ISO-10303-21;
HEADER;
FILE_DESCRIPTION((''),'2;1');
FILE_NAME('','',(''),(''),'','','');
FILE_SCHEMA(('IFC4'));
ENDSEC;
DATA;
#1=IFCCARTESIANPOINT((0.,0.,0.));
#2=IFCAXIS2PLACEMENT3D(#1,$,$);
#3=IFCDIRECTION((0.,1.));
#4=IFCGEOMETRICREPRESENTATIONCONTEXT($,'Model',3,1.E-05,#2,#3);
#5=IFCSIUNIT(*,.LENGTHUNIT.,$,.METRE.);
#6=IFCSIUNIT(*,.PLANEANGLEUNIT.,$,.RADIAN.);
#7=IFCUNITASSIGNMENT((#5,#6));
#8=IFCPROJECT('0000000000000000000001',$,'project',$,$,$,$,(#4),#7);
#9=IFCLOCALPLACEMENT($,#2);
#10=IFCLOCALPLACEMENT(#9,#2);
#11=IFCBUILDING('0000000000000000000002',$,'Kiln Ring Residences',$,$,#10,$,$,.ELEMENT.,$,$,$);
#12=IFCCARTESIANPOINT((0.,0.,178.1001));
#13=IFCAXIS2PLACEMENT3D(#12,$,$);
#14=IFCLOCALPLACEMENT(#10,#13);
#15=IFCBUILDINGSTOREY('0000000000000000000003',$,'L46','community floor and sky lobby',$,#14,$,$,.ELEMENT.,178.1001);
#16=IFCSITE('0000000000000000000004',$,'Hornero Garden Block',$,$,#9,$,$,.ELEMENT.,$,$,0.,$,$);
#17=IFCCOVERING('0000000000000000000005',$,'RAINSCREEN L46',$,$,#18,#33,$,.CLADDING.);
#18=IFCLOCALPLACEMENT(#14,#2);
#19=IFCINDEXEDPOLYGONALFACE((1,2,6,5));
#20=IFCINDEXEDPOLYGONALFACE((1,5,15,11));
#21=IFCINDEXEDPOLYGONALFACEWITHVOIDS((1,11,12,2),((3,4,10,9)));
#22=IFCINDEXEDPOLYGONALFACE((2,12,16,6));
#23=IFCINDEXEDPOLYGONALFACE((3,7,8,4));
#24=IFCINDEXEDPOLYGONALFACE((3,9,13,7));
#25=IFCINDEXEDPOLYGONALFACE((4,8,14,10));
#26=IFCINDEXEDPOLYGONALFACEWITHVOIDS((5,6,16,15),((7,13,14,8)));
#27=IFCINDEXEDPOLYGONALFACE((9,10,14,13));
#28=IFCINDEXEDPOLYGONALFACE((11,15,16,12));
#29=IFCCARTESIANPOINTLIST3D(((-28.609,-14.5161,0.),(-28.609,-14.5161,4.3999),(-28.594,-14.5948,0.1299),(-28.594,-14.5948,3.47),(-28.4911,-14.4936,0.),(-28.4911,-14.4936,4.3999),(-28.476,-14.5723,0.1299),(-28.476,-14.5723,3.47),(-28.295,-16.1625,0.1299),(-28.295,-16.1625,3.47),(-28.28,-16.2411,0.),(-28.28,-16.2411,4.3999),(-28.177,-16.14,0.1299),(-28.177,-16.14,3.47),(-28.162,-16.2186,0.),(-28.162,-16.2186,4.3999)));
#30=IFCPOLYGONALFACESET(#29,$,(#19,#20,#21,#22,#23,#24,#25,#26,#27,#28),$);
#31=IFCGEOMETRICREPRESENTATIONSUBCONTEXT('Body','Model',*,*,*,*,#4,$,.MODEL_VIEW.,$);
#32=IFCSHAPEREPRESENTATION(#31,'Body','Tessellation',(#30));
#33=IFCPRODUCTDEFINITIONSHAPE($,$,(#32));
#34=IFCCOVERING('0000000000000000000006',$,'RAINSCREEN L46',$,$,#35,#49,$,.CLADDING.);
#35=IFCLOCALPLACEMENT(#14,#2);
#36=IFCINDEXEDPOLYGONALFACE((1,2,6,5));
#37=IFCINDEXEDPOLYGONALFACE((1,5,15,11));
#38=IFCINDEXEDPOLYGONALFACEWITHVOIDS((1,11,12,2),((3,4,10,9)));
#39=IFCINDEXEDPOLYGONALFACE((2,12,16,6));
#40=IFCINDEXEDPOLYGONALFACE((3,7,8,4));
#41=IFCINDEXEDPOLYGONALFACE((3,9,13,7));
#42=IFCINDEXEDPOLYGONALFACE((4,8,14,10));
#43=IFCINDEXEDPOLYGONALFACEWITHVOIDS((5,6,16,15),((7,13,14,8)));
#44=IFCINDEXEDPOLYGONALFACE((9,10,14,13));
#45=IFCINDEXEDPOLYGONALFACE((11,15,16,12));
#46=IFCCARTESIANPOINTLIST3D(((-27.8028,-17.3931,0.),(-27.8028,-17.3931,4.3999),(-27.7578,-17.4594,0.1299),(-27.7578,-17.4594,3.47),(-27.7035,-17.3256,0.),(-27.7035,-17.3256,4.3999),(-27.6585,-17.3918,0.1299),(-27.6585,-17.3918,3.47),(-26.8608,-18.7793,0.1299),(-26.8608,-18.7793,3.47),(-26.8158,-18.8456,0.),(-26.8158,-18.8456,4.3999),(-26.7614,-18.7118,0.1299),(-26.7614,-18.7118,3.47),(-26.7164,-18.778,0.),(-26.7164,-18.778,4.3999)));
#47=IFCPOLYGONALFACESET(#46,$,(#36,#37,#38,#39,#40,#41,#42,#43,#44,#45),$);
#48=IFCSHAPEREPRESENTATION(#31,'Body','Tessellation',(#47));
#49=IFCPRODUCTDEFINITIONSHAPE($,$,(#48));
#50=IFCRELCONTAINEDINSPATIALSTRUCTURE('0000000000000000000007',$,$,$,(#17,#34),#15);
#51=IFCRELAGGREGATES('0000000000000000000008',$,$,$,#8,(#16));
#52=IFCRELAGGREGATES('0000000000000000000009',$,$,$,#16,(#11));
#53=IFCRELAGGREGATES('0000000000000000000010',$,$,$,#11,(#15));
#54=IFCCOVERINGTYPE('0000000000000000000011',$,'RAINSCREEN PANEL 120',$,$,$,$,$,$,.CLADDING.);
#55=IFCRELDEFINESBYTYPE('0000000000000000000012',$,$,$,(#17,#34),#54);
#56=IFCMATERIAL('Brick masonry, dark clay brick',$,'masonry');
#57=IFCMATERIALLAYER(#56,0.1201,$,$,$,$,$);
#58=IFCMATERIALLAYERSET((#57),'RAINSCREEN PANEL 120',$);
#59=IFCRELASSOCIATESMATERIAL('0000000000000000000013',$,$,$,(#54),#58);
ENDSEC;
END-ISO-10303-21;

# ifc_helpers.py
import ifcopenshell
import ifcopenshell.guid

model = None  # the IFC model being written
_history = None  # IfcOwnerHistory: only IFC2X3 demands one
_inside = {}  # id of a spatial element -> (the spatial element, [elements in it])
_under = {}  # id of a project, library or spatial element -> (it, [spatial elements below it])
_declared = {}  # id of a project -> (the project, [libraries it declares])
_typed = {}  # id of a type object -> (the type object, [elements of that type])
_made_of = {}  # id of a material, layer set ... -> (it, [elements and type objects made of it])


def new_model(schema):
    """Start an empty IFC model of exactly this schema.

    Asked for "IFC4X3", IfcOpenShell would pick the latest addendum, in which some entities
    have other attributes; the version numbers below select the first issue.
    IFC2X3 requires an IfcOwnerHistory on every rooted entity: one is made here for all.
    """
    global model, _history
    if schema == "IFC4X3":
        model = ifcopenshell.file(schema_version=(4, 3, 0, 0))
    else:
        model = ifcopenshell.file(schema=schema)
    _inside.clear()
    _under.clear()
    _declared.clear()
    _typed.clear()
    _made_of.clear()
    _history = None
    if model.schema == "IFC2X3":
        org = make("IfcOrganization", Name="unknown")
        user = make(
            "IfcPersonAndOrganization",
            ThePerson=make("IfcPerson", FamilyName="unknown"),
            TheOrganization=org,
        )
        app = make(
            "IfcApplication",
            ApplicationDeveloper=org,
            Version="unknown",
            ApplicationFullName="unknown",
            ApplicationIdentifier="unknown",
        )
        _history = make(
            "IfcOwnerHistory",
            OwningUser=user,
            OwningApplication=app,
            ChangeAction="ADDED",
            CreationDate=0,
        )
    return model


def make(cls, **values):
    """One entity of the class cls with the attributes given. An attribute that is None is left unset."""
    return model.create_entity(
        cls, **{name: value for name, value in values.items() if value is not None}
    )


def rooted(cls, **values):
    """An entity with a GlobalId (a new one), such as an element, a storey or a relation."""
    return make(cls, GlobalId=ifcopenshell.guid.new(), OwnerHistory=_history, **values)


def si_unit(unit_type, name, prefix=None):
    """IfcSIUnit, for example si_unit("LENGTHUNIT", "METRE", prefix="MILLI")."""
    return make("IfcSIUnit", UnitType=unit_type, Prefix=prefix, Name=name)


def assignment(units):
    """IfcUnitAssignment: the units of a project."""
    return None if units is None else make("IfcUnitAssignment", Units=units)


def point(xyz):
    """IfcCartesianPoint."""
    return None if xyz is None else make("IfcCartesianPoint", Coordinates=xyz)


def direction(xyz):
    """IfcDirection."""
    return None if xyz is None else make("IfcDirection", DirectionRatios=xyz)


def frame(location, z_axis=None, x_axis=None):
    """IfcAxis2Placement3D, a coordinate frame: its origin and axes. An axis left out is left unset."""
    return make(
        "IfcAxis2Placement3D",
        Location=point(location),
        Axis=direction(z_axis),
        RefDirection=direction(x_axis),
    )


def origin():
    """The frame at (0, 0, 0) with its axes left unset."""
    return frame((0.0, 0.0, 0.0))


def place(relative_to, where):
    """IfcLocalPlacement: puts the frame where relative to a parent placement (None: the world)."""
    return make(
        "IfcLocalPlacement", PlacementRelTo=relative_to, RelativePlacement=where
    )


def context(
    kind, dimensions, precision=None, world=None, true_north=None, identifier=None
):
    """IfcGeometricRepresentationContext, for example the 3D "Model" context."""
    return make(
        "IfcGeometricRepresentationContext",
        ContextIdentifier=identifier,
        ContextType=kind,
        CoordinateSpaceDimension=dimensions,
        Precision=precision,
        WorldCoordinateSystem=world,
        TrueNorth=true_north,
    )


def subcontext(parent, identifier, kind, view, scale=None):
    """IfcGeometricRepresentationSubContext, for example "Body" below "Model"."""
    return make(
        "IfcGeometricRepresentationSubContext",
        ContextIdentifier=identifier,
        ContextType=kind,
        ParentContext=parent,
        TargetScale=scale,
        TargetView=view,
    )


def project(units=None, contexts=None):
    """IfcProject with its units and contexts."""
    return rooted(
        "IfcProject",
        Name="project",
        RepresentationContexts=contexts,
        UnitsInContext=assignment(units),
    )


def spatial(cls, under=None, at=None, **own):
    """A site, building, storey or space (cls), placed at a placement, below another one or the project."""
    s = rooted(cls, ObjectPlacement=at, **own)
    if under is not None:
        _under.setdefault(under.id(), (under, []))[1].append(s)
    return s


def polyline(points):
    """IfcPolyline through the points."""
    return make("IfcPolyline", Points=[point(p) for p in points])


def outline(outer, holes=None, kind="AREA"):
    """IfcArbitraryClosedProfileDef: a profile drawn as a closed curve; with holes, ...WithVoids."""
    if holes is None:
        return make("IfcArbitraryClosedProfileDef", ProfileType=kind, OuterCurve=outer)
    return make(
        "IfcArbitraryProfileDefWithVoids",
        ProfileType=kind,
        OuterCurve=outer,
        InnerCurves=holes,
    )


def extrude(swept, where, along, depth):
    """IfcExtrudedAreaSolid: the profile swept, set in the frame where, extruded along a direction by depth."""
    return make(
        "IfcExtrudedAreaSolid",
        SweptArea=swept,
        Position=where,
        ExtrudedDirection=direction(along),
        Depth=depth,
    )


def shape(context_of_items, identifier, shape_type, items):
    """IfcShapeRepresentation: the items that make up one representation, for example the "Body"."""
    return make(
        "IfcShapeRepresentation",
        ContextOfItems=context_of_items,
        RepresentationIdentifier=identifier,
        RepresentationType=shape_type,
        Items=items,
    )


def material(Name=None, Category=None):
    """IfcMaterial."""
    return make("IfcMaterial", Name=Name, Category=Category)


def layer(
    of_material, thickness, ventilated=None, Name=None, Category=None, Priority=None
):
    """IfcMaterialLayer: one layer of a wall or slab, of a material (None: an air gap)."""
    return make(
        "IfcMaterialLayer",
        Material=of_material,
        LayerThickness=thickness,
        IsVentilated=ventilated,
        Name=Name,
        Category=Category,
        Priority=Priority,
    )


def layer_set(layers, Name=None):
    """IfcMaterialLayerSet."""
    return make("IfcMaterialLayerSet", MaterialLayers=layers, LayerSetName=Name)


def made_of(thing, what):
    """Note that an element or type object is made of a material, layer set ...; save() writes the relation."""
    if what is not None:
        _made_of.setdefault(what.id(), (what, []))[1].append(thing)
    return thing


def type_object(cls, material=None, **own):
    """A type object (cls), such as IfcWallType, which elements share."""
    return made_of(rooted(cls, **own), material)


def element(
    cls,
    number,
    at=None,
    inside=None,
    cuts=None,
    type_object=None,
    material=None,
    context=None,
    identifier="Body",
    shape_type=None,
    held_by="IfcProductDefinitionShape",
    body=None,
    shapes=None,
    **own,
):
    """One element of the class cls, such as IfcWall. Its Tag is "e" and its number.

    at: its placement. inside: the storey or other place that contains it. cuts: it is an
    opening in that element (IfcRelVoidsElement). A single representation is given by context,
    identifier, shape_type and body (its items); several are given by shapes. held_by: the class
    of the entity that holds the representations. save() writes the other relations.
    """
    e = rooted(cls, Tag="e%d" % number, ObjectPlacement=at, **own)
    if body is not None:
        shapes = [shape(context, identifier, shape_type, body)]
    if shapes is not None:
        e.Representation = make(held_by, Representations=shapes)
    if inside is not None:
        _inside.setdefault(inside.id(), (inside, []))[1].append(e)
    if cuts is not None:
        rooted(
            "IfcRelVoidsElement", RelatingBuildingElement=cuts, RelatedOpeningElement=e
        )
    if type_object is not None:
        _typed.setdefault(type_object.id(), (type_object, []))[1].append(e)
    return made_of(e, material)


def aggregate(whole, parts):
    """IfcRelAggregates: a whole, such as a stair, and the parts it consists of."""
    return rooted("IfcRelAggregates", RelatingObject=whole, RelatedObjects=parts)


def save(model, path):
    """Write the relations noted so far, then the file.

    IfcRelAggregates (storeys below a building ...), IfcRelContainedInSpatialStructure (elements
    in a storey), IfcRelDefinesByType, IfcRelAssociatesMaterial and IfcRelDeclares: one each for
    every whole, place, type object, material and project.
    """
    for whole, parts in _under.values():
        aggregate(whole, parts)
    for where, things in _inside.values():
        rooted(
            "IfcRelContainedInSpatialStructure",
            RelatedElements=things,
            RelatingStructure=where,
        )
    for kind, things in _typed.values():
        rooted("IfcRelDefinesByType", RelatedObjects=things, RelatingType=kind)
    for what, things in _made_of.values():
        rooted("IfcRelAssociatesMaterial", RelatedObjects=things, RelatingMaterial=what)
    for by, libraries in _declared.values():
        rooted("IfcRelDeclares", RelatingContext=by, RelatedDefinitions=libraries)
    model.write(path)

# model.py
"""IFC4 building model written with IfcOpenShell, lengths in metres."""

from ifc_helpers import new_model, si_unit, direction, frame, origin, place, context, subcontext, project, spatial, polyline, outline, extrude, material, layer, layer_set, type_object, element, save


model = new_model("IFC4")

# Units and contexts
model_context = context("Model", 3, precision=1e-05, world=origin(), true_north=direction((0.0, 1.0)))
body_context = subcontext(model_context, "Body", "Model", "MODEL_VIEW")
ifc_project = project(units=[si_unit("LENGTHUNIT", "METRE"), si_unit("PLANEANGLEUNIT", "RADIAN")], contexts=[model_context])

# Site, building, storey
site_placement = place(None, origin())
site = spatial("IfcSite", under=ifc_project, at=site_placement, Name="Hornero Garden Block", CompositionType="ELEMENT", RefElevation=0.0)
building_placement = place(site_placement, origin())
building = spatial("IfcBuilding", under=site, at=building_placement, Name="Kiln Ring Residences", CompositionType="ELEMENT")
storey_placement = place(building_placement, frame((0.0, 0.0, 178.1001)))
storey = spatial("IfcBuildingStorey", under=building, at=storey_placement, Name="L46", Description="community floor and sky lobby", CompositionType="ELEMENT", Elevation=178.1001)

# Coverings
ifc_material_1 = material(Name="Brick masonry, dark clay brick", Category="masonry")
ifc_layer_1 = layer(ifc_material_1, 0.1201)
ifc_layer_set_1 = layer_set([ifc_layer_1], Name="RAINSCREEN PANEL 120")
covering_type = type_object("IfcCoveringType", Name="RAINSCREEN PANEL 120", PredefinedType="CLADDING", material=ifc_layer_set_1)
for number, where, z_axis, x_axis, name in (
    (1, (-28.55, -14.5049, 0.0), (0.0, 0.0, 1.0), (0.187393, -0.982285, 0.0), "RAINSCREEN L46"),
    (2, (-27.7532, -17.3594, 0.0), (0.0, 0.0, 1.0), (0.562089, -0.827076, 0.0), "RAINSCREEN L46"),
):
    element("IfcCovering", number, at=place(storey_placement, frame(where, z_axis=z_axis, x_axis=x_axis)), inside=storey, type_object=covering_type, Name=name, PredefinedType="CLADDING", context=body_context, shape_type="SweptSolid", body=[
        extrude(outline(polyline([(0.0, 0.0), (1.7561, 0.0), (1.7561, 4.3999), (0.0, 4.3999), (0.0, 0.0)]), holes=[polyline([(0.0801, 3.47), (0.0801, 0.1299), (1.676, 0.1299), (1.676, 3.47), (0.0801, 3.47)])]), frame((0.0, 0.0601, 0.0), z_axis=(0.0, -1.0, 0.0), x_axis=(1.0, 0.0, 0.0)), (0.0, 0.0, 1.0), 0.1201),
    ])

save(model, "model.ifc")
